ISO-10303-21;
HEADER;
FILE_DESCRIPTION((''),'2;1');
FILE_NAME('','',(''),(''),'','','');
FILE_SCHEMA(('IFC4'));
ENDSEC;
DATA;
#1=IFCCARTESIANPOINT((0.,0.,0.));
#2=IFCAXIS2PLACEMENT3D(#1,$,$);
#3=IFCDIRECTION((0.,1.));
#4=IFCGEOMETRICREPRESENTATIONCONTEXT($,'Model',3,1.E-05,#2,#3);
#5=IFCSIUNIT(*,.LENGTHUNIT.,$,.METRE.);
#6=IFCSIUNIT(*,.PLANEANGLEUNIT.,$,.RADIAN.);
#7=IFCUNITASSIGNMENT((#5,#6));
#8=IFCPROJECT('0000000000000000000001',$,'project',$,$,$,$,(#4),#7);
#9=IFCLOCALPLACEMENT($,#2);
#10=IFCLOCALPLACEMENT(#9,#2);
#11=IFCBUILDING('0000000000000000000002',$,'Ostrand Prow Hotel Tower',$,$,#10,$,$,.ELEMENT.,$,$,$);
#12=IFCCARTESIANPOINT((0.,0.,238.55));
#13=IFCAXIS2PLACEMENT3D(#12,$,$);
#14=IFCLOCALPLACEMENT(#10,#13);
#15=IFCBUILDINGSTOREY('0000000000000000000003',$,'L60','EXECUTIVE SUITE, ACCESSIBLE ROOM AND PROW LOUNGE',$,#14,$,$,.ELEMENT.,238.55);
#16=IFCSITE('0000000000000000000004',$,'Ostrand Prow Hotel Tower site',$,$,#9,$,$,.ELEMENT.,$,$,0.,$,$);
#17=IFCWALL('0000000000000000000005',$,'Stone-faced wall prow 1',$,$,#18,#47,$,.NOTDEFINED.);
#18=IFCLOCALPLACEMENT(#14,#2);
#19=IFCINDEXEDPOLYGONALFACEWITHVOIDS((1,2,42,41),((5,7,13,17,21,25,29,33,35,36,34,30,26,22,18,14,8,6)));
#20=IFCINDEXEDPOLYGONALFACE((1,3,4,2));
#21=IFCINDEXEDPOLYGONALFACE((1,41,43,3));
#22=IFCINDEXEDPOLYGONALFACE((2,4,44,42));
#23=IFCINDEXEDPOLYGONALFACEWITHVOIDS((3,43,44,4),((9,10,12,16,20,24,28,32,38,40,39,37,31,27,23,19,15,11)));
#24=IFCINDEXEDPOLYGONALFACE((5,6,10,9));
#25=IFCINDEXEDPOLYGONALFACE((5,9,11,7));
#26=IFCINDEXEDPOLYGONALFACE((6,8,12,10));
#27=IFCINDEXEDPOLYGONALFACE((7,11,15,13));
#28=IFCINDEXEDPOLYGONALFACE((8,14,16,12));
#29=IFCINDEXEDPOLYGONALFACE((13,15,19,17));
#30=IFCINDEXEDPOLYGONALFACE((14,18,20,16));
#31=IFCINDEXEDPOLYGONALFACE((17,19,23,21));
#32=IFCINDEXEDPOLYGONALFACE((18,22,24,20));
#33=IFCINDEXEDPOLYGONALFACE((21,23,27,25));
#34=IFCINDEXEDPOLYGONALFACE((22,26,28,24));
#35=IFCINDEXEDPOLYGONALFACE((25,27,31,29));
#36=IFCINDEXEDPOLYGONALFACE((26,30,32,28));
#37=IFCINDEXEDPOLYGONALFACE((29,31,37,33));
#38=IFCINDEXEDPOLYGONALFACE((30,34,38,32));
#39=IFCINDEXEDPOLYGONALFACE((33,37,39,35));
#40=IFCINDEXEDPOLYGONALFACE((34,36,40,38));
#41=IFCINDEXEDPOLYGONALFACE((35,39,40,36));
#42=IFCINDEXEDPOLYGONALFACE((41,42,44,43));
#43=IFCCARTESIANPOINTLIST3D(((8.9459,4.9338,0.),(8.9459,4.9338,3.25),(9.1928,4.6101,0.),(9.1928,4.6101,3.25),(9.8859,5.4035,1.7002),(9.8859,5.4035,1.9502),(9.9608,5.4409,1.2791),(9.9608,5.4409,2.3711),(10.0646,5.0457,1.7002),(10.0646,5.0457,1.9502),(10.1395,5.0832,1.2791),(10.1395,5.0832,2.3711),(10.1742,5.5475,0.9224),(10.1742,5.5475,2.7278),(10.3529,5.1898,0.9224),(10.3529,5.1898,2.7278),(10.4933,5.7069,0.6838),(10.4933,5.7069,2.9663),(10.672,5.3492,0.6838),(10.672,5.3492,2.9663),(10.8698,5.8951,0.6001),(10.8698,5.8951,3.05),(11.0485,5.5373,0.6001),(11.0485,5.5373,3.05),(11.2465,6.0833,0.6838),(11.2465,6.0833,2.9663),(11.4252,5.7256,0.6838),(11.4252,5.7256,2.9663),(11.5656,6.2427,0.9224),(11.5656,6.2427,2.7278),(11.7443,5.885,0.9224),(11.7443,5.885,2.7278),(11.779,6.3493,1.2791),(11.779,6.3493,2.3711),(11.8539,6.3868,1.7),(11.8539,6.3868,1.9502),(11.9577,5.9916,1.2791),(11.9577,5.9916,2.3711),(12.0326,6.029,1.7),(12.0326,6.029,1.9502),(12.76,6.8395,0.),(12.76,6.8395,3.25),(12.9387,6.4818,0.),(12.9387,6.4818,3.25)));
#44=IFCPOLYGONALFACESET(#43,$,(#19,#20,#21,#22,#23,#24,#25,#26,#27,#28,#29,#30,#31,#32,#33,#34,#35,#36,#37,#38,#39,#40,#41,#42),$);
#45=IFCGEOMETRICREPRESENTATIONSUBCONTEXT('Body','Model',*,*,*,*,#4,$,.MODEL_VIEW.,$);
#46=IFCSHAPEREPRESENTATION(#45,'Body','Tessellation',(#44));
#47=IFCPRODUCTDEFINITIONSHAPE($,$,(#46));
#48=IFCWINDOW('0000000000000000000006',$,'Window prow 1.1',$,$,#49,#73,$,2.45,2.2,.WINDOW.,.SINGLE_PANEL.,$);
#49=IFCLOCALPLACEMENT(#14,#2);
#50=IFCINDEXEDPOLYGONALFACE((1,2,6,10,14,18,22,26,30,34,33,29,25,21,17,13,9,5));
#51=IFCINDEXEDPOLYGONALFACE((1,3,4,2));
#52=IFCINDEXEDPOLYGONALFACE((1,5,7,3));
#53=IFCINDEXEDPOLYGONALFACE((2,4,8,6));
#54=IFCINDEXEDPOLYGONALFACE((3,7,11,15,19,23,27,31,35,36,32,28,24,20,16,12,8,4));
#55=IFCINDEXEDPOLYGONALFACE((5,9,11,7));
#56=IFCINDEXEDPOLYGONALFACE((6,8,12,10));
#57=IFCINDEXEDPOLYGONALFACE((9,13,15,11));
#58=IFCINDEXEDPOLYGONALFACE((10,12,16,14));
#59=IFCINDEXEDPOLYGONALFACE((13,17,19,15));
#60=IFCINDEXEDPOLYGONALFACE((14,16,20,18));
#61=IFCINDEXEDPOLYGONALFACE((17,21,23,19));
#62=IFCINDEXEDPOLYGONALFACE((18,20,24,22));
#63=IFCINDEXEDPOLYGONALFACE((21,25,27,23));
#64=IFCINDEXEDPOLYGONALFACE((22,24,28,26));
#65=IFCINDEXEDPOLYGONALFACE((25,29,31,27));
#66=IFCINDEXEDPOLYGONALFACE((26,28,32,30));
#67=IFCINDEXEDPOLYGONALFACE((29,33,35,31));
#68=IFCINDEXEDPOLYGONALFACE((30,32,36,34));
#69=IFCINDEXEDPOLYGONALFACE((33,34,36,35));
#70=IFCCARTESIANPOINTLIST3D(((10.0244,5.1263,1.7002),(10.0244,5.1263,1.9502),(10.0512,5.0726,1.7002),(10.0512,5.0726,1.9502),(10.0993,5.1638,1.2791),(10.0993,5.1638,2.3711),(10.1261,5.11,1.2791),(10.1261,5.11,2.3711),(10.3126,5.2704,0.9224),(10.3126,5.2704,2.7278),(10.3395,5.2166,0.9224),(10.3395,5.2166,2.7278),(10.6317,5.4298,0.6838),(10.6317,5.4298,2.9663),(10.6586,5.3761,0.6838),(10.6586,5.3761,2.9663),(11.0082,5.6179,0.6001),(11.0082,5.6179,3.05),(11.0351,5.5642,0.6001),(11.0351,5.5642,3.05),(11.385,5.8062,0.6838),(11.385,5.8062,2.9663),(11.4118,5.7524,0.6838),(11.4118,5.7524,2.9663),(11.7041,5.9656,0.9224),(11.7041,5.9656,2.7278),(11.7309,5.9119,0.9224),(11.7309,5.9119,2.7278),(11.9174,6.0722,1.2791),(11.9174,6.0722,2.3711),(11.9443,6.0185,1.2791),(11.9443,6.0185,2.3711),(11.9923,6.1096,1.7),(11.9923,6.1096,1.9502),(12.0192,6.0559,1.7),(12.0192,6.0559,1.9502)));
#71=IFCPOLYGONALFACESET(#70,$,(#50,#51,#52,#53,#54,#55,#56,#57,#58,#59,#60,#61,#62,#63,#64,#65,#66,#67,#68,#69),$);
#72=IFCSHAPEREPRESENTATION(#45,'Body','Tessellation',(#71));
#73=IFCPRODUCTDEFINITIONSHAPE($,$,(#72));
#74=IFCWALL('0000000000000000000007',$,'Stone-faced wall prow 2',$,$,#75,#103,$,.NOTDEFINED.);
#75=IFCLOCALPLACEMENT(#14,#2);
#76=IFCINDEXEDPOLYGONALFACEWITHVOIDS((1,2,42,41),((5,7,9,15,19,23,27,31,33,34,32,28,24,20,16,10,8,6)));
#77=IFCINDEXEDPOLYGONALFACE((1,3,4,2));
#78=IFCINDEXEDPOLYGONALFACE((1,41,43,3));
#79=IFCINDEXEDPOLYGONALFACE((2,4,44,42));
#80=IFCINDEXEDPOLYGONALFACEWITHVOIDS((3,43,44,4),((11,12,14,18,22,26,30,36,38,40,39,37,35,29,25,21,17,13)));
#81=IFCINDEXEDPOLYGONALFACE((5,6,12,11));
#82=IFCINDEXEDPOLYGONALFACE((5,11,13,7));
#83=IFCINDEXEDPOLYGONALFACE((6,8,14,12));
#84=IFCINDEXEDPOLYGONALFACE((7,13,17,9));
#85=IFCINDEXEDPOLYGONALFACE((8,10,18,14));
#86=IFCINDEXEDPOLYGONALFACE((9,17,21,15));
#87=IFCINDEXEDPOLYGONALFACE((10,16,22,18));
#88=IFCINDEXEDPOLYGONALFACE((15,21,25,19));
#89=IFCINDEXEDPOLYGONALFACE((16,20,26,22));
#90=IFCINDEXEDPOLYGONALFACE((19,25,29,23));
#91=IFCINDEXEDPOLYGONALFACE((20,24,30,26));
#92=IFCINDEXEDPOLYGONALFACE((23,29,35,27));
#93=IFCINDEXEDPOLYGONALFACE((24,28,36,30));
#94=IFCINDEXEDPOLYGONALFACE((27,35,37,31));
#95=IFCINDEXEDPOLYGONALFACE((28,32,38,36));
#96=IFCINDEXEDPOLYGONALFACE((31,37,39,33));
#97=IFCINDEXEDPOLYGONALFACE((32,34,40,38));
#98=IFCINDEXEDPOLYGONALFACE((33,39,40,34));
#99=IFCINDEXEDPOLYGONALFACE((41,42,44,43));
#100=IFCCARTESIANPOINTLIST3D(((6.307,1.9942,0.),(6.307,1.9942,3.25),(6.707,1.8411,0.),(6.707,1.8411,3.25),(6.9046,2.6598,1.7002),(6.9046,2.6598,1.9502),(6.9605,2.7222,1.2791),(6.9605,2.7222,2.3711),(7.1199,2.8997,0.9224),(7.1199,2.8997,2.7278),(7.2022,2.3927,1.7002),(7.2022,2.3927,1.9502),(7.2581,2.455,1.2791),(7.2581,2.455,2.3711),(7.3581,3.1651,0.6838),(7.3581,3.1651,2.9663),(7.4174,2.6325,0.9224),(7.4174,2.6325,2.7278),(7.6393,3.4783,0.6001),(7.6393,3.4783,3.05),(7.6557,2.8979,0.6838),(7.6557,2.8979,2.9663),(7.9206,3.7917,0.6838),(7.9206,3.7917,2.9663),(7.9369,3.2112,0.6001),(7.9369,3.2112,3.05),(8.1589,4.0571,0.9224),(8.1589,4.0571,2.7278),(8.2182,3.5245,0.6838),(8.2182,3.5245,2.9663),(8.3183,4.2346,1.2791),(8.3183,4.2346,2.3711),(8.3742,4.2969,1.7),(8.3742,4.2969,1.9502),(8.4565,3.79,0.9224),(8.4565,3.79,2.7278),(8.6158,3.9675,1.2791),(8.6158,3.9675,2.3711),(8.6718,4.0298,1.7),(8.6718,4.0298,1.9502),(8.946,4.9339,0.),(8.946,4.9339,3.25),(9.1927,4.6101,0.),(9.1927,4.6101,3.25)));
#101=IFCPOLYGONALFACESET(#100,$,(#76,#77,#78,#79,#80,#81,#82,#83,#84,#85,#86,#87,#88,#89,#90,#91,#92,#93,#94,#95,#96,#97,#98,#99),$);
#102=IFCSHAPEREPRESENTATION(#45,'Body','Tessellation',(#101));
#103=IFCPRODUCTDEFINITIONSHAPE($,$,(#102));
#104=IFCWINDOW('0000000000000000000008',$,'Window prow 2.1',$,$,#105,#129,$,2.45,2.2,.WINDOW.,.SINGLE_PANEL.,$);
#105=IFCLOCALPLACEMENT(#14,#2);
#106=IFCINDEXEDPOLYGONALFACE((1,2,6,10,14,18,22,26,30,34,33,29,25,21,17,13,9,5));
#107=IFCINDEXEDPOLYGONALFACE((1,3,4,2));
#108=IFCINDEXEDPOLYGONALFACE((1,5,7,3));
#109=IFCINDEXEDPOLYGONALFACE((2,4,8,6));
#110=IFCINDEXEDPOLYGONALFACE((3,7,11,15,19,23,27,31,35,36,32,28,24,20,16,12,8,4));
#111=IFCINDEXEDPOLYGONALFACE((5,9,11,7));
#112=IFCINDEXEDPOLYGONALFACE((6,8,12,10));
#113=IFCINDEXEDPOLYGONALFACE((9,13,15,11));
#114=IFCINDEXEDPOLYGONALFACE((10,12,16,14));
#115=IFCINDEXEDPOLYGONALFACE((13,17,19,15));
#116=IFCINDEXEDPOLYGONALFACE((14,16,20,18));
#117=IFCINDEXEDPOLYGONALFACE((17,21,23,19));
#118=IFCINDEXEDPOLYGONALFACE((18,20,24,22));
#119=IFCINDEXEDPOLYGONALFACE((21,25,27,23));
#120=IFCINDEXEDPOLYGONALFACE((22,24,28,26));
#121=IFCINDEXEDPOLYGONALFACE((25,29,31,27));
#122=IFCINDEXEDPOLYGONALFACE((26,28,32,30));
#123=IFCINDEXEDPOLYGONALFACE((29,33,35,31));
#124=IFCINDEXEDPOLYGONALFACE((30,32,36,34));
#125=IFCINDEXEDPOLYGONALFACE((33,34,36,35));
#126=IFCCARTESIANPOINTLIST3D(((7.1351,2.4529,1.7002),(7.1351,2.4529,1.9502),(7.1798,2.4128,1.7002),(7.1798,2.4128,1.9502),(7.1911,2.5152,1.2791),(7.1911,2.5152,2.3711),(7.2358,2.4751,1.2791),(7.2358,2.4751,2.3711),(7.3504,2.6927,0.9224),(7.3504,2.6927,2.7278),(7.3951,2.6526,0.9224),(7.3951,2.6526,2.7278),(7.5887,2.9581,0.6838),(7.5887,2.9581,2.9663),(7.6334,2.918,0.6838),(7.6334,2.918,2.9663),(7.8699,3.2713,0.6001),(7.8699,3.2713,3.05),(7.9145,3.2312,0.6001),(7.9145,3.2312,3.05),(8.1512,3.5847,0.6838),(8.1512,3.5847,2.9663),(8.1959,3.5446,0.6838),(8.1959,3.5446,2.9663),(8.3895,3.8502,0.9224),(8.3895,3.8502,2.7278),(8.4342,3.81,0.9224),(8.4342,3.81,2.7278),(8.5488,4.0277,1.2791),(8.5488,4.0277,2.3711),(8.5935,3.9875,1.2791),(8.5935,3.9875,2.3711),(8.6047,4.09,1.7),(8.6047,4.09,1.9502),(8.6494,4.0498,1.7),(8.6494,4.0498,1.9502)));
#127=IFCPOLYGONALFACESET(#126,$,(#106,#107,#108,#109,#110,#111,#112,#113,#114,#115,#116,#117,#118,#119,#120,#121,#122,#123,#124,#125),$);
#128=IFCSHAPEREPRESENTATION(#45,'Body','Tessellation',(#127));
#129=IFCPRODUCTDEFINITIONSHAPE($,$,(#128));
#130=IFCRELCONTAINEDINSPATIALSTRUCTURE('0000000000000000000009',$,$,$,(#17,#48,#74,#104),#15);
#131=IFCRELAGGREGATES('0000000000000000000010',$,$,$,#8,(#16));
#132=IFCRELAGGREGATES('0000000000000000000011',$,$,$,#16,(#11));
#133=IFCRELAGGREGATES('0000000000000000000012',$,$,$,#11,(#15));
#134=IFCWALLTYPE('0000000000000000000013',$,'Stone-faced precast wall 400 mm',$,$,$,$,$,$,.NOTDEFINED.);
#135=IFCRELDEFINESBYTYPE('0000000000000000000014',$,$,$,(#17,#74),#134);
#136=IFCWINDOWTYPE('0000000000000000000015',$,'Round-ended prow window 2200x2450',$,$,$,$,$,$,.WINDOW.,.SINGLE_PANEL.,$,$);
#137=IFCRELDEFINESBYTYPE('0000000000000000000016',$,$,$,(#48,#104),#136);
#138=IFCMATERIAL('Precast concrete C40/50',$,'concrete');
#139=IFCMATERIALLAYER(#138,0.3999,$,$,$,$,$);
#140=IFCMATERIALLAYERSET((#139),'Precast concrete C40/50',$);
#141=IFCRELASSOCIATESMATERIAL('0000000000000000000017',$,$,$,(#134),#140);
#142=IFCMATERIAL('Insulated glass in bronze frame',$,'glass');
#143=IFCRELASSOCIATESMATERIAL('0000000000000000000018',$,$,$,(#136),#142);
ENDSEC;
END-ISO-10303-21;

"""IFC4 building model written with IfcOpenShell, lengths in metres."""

from ifc_helpers import new_model, si_unit, direction, frame, origin, place, context, subcontext, project, spatial, polyline, outline, extrude, material, layer, layer_set, type_object, element, fill, save


model = new_model("IFC4")

# Units and contexts
model_context = context("Model", 3, precision=1e-05, world=origin(), true_north=direction((0.0, 1.0)))
body_context = subcontext(model_context, "Body", "Model", "MODEL_VIEW")
ifc_project = project(units=[si_unit("LENGTHUNIT", "METRE"), si_unit("PLANEANGLEUNIT", "RADIAN")], contexts=[model_context])

# Site, building, storey
site_placement = place(None, origin())
site = spatial("IfcSite", under=ifc_project, at=site_placement, Name="Ostrand Prow Hotel Tower site", CompositionType="ELEMENT", RefElevation=0.0)
building_placement = place(site_placement, origin())
building = spatial("IfcBuilding", under=site, at=building_placement, Name="Ostrand Prow Hotel Tower", CompositionType="ELEMENT")
storey_placement = place(building_placement, frame((0.0, 0.0, 238.55)))
storey = spatial("IfcBuildingStorey", under=building, at=storey_placement, Name="L60", Description="EXECUTIVE SUITE, ACCESSIBLE ROOM AND PROW LOUNGE", CompositionType="ELEMENT", Elevation=238.55)

# Walls, openings, windows
ifc_material_1 = material(Name="Precast concrete C40/50", Category="concrete")
ifc_layer_1 = layer(ifc_material_1, 0.3999)
ifc_layer_set_1 = layer_set([ifc_layer_1], Name="Precast concrete C40/50")
wall_type_1 = type_object("IfcWallType", Name="Stone-faced precast wall 400 mm", PredefinedType="NOTDEFINED", material=ifc_layer_set_1)
wall_1_placement = place(storey_placement, frame((12.8494, 6.6606, 0.0), z_axis=(0.0, 0.0, 1.0), x_axis=(-0.894554, -0.446959, 0.0)))
wall_1 = element("IfcWall", 1, at=wall_1_placement, inside=storey, type_object=wall_type_1, Name="Stone-faced wall prow 1", PredefinedType="NOTDEFINED", context=body_context, shape_type="SweptSolid", body=[
    extrude(outline(polyline([(0.0, -0.2), (4.2637, -0.2), (4.1875, 0.2), (0.0, 0.2), (0.0, -0.2)])), origin(), (0.0, 0.0, 1.0), 3.25),
])
opening_1_placement = place(wall_1_placement, frame((1.0129, 0.0, 0.6001)))
opening_1 = element("IfcOpeningElement", 2, at=opening_1_placement, cuts=wall_1, PredefinedType="OPENING", context=body_context, shape_type="SweptSolid", body=[
    extrude(outline(polyline([(0.0, 1.3501), (0.0837, 1.771), (0.3223, 2.1277), (0.679, 2.3662), (1.1001, 2.45), (1.521, 2.3662), (1.8777, 2.1277), (2.1162, 1.771), (2.2, 1.3501), (2.2, 1.1001), (2.1162, 0.679), (1.8777, 0.3223), (1.521, 0.0837), (1.1001, 0.0), (0.679, 0.0837), (0.3223, 0.3223), (0.0837, 0.679), (0.0, 1.0999), (0.0, 1.3501)])), frame((0.0, 0.21, 0.0), z_axis=(0.0, -1.0, 0.0), x_axis=(1.0, 0.0, 0.0)), (0.0, 0.0, 1.0), 0.4199),
])
ifc_material_2 = material(Name="Insulated glass in bronze frame", Category="glass")
window_type = type_object("IfcWindowType", Name="Round-ended prow window 2200x2450", PartitioningType="SINGLE_PANEL", PredefinedType="WINDOW", material=ifc_material_2)
window_1_placement = place(opening_1_placement, origin())
window_1 = element("IfcWindow", 3, at=window_1_placement, inside=storey, type_object=window_type, Name="Window prow 1.1", OverallHeight=2.45, OverallWidth=2.2, PartitioningType="SINGLE_PANEL", PredefinedType="WINDOW", context=body_context, shape_type="SweptSolid", body=[
    extrude(outline(polyline([(0.0, 1.3501), (0.0837, 1.771), (0.3223, 2.1277), (0.679, 2.3662), (1.1001, 2.45), (1.521, 2.3662), (1.8777, 2.1277), (2.1162, 1.771), (2.2, 1.3501), (2.2, 1.1001), (2.1162, 0.679), (1.8777, 0.3223), (1.521, 0.0837), (1.1001, 0.0), (0.679, 0.0837), (0.3223, 0.3223), (0.0837, 0.679), (0.0, 1.0999), (0.0, 1.3501)])), frame((0.0, 0.1699, 0.0), z_axis=(0.0, -1.0, 0.0), x_axis=(1.0, 0.0, 0.0)), (0.0, 0.0, 1.0), 0.0601),
])
fill(opening_1, window_1)
wall_2_placement = place(storey_placement, frame((9.0693, 4.772, 0.0), z_axis=(0.0, 0.0, 1.0), x_axis=(-0.668018, -0.744145, 0.0)))
wall_2 = element("IfcWall", 4, at=wall_2_placement, inside=storey, type_object=wall_type_1, Name="Stone-faced wall prow 2", PredefinedType="NOTDEFINED", context=body_context, shape_type="SweptSolid", body=[
    extrude(outline(polyline([(-0.0381, -0.2), (3.9124, -0.2), (3.759, 0.2), (0.0381, 0.2), (-0.0381, -0.2)])), origin(), (0.0, 0.0, 1.0), 3.25),
])
opening_2_placement = place(wall_2_placement, frame((0.8179, 0.0, 0.6001)))
opening_2 = element("IfcOpeningElement", 5, at=opening_2_placement, cuts=wall_2, PredefinedType="OPENING", context=body_context, shape_type="SweptSolid", body=[
    extrude(outline(polyline([(0.0, 1.3501), (0.0837, 1.771), (0.3223, 2.1277), (0.679, 2.3662), (1.1001, 2.45), (1.521, 2.3662), (1.8777, 2.1277), (2.1162, 1.771), (2.2, 1.3501), (2.2, 1.1001), (2.1162, 0.679), (1.8777, 0.3223), (1.521, 0.0837), (1.1001, 0.0), (0.679, 0.0837), (0.3223, 0.3223), (0.0837, 0.679), (0.0, 1.0999), (0.0, 1.3501)])), frame((0.0, 0.21, 0.0), z_axis=(0.0, -1.0, 0.0), x_axis=(1.0, 0.0, 0.0)), (0.0, 0.0, 1.0), 0.4199),
])
window_2_placement = place(opening_2_placement, origin())
window_2 = element("IfcWindow", 6, at=window_2_placement, inside=storey, type_object=window_type, Name="Window prow 2.1", OverallHeight=2.45, OverallWidth=2.2, PartitioningType="SINGLE_PANEL", PredefinedType="WINDOW", context=body_context, shape_type="SweptSolid", body=[
    extrude(outline(polyline([(0.0, 1.3501), (0.0837, 1.771), (0.3223, 2.1277), (0.679, 2.3662), (1.1001, 2.45), (1.521, 2.3662), (1.8777, 2.1277), (2.1162, 1.771), (2.2, 1.3501), (2.2, 1.1001), (2.1162, 0.679), (1.8777, 0.3223), (1.521, 0.0837), (1.1001, 0.0), (0.679, 0.0837), (0.3223, 0.3223), (0.0837, 0.679), (0.0, 1.0999), (0.0, 1.3501)])), frame((0.0, 0.1699, 0.0), z_axis=(0.0, -1.0, 0.0), x_axis=(1.0, 0.0, 0.0)), (0.0, 0.0, 1.0), 0.0601),
])
fill(opening_2, window_2)

save(model, "model.ifc")
